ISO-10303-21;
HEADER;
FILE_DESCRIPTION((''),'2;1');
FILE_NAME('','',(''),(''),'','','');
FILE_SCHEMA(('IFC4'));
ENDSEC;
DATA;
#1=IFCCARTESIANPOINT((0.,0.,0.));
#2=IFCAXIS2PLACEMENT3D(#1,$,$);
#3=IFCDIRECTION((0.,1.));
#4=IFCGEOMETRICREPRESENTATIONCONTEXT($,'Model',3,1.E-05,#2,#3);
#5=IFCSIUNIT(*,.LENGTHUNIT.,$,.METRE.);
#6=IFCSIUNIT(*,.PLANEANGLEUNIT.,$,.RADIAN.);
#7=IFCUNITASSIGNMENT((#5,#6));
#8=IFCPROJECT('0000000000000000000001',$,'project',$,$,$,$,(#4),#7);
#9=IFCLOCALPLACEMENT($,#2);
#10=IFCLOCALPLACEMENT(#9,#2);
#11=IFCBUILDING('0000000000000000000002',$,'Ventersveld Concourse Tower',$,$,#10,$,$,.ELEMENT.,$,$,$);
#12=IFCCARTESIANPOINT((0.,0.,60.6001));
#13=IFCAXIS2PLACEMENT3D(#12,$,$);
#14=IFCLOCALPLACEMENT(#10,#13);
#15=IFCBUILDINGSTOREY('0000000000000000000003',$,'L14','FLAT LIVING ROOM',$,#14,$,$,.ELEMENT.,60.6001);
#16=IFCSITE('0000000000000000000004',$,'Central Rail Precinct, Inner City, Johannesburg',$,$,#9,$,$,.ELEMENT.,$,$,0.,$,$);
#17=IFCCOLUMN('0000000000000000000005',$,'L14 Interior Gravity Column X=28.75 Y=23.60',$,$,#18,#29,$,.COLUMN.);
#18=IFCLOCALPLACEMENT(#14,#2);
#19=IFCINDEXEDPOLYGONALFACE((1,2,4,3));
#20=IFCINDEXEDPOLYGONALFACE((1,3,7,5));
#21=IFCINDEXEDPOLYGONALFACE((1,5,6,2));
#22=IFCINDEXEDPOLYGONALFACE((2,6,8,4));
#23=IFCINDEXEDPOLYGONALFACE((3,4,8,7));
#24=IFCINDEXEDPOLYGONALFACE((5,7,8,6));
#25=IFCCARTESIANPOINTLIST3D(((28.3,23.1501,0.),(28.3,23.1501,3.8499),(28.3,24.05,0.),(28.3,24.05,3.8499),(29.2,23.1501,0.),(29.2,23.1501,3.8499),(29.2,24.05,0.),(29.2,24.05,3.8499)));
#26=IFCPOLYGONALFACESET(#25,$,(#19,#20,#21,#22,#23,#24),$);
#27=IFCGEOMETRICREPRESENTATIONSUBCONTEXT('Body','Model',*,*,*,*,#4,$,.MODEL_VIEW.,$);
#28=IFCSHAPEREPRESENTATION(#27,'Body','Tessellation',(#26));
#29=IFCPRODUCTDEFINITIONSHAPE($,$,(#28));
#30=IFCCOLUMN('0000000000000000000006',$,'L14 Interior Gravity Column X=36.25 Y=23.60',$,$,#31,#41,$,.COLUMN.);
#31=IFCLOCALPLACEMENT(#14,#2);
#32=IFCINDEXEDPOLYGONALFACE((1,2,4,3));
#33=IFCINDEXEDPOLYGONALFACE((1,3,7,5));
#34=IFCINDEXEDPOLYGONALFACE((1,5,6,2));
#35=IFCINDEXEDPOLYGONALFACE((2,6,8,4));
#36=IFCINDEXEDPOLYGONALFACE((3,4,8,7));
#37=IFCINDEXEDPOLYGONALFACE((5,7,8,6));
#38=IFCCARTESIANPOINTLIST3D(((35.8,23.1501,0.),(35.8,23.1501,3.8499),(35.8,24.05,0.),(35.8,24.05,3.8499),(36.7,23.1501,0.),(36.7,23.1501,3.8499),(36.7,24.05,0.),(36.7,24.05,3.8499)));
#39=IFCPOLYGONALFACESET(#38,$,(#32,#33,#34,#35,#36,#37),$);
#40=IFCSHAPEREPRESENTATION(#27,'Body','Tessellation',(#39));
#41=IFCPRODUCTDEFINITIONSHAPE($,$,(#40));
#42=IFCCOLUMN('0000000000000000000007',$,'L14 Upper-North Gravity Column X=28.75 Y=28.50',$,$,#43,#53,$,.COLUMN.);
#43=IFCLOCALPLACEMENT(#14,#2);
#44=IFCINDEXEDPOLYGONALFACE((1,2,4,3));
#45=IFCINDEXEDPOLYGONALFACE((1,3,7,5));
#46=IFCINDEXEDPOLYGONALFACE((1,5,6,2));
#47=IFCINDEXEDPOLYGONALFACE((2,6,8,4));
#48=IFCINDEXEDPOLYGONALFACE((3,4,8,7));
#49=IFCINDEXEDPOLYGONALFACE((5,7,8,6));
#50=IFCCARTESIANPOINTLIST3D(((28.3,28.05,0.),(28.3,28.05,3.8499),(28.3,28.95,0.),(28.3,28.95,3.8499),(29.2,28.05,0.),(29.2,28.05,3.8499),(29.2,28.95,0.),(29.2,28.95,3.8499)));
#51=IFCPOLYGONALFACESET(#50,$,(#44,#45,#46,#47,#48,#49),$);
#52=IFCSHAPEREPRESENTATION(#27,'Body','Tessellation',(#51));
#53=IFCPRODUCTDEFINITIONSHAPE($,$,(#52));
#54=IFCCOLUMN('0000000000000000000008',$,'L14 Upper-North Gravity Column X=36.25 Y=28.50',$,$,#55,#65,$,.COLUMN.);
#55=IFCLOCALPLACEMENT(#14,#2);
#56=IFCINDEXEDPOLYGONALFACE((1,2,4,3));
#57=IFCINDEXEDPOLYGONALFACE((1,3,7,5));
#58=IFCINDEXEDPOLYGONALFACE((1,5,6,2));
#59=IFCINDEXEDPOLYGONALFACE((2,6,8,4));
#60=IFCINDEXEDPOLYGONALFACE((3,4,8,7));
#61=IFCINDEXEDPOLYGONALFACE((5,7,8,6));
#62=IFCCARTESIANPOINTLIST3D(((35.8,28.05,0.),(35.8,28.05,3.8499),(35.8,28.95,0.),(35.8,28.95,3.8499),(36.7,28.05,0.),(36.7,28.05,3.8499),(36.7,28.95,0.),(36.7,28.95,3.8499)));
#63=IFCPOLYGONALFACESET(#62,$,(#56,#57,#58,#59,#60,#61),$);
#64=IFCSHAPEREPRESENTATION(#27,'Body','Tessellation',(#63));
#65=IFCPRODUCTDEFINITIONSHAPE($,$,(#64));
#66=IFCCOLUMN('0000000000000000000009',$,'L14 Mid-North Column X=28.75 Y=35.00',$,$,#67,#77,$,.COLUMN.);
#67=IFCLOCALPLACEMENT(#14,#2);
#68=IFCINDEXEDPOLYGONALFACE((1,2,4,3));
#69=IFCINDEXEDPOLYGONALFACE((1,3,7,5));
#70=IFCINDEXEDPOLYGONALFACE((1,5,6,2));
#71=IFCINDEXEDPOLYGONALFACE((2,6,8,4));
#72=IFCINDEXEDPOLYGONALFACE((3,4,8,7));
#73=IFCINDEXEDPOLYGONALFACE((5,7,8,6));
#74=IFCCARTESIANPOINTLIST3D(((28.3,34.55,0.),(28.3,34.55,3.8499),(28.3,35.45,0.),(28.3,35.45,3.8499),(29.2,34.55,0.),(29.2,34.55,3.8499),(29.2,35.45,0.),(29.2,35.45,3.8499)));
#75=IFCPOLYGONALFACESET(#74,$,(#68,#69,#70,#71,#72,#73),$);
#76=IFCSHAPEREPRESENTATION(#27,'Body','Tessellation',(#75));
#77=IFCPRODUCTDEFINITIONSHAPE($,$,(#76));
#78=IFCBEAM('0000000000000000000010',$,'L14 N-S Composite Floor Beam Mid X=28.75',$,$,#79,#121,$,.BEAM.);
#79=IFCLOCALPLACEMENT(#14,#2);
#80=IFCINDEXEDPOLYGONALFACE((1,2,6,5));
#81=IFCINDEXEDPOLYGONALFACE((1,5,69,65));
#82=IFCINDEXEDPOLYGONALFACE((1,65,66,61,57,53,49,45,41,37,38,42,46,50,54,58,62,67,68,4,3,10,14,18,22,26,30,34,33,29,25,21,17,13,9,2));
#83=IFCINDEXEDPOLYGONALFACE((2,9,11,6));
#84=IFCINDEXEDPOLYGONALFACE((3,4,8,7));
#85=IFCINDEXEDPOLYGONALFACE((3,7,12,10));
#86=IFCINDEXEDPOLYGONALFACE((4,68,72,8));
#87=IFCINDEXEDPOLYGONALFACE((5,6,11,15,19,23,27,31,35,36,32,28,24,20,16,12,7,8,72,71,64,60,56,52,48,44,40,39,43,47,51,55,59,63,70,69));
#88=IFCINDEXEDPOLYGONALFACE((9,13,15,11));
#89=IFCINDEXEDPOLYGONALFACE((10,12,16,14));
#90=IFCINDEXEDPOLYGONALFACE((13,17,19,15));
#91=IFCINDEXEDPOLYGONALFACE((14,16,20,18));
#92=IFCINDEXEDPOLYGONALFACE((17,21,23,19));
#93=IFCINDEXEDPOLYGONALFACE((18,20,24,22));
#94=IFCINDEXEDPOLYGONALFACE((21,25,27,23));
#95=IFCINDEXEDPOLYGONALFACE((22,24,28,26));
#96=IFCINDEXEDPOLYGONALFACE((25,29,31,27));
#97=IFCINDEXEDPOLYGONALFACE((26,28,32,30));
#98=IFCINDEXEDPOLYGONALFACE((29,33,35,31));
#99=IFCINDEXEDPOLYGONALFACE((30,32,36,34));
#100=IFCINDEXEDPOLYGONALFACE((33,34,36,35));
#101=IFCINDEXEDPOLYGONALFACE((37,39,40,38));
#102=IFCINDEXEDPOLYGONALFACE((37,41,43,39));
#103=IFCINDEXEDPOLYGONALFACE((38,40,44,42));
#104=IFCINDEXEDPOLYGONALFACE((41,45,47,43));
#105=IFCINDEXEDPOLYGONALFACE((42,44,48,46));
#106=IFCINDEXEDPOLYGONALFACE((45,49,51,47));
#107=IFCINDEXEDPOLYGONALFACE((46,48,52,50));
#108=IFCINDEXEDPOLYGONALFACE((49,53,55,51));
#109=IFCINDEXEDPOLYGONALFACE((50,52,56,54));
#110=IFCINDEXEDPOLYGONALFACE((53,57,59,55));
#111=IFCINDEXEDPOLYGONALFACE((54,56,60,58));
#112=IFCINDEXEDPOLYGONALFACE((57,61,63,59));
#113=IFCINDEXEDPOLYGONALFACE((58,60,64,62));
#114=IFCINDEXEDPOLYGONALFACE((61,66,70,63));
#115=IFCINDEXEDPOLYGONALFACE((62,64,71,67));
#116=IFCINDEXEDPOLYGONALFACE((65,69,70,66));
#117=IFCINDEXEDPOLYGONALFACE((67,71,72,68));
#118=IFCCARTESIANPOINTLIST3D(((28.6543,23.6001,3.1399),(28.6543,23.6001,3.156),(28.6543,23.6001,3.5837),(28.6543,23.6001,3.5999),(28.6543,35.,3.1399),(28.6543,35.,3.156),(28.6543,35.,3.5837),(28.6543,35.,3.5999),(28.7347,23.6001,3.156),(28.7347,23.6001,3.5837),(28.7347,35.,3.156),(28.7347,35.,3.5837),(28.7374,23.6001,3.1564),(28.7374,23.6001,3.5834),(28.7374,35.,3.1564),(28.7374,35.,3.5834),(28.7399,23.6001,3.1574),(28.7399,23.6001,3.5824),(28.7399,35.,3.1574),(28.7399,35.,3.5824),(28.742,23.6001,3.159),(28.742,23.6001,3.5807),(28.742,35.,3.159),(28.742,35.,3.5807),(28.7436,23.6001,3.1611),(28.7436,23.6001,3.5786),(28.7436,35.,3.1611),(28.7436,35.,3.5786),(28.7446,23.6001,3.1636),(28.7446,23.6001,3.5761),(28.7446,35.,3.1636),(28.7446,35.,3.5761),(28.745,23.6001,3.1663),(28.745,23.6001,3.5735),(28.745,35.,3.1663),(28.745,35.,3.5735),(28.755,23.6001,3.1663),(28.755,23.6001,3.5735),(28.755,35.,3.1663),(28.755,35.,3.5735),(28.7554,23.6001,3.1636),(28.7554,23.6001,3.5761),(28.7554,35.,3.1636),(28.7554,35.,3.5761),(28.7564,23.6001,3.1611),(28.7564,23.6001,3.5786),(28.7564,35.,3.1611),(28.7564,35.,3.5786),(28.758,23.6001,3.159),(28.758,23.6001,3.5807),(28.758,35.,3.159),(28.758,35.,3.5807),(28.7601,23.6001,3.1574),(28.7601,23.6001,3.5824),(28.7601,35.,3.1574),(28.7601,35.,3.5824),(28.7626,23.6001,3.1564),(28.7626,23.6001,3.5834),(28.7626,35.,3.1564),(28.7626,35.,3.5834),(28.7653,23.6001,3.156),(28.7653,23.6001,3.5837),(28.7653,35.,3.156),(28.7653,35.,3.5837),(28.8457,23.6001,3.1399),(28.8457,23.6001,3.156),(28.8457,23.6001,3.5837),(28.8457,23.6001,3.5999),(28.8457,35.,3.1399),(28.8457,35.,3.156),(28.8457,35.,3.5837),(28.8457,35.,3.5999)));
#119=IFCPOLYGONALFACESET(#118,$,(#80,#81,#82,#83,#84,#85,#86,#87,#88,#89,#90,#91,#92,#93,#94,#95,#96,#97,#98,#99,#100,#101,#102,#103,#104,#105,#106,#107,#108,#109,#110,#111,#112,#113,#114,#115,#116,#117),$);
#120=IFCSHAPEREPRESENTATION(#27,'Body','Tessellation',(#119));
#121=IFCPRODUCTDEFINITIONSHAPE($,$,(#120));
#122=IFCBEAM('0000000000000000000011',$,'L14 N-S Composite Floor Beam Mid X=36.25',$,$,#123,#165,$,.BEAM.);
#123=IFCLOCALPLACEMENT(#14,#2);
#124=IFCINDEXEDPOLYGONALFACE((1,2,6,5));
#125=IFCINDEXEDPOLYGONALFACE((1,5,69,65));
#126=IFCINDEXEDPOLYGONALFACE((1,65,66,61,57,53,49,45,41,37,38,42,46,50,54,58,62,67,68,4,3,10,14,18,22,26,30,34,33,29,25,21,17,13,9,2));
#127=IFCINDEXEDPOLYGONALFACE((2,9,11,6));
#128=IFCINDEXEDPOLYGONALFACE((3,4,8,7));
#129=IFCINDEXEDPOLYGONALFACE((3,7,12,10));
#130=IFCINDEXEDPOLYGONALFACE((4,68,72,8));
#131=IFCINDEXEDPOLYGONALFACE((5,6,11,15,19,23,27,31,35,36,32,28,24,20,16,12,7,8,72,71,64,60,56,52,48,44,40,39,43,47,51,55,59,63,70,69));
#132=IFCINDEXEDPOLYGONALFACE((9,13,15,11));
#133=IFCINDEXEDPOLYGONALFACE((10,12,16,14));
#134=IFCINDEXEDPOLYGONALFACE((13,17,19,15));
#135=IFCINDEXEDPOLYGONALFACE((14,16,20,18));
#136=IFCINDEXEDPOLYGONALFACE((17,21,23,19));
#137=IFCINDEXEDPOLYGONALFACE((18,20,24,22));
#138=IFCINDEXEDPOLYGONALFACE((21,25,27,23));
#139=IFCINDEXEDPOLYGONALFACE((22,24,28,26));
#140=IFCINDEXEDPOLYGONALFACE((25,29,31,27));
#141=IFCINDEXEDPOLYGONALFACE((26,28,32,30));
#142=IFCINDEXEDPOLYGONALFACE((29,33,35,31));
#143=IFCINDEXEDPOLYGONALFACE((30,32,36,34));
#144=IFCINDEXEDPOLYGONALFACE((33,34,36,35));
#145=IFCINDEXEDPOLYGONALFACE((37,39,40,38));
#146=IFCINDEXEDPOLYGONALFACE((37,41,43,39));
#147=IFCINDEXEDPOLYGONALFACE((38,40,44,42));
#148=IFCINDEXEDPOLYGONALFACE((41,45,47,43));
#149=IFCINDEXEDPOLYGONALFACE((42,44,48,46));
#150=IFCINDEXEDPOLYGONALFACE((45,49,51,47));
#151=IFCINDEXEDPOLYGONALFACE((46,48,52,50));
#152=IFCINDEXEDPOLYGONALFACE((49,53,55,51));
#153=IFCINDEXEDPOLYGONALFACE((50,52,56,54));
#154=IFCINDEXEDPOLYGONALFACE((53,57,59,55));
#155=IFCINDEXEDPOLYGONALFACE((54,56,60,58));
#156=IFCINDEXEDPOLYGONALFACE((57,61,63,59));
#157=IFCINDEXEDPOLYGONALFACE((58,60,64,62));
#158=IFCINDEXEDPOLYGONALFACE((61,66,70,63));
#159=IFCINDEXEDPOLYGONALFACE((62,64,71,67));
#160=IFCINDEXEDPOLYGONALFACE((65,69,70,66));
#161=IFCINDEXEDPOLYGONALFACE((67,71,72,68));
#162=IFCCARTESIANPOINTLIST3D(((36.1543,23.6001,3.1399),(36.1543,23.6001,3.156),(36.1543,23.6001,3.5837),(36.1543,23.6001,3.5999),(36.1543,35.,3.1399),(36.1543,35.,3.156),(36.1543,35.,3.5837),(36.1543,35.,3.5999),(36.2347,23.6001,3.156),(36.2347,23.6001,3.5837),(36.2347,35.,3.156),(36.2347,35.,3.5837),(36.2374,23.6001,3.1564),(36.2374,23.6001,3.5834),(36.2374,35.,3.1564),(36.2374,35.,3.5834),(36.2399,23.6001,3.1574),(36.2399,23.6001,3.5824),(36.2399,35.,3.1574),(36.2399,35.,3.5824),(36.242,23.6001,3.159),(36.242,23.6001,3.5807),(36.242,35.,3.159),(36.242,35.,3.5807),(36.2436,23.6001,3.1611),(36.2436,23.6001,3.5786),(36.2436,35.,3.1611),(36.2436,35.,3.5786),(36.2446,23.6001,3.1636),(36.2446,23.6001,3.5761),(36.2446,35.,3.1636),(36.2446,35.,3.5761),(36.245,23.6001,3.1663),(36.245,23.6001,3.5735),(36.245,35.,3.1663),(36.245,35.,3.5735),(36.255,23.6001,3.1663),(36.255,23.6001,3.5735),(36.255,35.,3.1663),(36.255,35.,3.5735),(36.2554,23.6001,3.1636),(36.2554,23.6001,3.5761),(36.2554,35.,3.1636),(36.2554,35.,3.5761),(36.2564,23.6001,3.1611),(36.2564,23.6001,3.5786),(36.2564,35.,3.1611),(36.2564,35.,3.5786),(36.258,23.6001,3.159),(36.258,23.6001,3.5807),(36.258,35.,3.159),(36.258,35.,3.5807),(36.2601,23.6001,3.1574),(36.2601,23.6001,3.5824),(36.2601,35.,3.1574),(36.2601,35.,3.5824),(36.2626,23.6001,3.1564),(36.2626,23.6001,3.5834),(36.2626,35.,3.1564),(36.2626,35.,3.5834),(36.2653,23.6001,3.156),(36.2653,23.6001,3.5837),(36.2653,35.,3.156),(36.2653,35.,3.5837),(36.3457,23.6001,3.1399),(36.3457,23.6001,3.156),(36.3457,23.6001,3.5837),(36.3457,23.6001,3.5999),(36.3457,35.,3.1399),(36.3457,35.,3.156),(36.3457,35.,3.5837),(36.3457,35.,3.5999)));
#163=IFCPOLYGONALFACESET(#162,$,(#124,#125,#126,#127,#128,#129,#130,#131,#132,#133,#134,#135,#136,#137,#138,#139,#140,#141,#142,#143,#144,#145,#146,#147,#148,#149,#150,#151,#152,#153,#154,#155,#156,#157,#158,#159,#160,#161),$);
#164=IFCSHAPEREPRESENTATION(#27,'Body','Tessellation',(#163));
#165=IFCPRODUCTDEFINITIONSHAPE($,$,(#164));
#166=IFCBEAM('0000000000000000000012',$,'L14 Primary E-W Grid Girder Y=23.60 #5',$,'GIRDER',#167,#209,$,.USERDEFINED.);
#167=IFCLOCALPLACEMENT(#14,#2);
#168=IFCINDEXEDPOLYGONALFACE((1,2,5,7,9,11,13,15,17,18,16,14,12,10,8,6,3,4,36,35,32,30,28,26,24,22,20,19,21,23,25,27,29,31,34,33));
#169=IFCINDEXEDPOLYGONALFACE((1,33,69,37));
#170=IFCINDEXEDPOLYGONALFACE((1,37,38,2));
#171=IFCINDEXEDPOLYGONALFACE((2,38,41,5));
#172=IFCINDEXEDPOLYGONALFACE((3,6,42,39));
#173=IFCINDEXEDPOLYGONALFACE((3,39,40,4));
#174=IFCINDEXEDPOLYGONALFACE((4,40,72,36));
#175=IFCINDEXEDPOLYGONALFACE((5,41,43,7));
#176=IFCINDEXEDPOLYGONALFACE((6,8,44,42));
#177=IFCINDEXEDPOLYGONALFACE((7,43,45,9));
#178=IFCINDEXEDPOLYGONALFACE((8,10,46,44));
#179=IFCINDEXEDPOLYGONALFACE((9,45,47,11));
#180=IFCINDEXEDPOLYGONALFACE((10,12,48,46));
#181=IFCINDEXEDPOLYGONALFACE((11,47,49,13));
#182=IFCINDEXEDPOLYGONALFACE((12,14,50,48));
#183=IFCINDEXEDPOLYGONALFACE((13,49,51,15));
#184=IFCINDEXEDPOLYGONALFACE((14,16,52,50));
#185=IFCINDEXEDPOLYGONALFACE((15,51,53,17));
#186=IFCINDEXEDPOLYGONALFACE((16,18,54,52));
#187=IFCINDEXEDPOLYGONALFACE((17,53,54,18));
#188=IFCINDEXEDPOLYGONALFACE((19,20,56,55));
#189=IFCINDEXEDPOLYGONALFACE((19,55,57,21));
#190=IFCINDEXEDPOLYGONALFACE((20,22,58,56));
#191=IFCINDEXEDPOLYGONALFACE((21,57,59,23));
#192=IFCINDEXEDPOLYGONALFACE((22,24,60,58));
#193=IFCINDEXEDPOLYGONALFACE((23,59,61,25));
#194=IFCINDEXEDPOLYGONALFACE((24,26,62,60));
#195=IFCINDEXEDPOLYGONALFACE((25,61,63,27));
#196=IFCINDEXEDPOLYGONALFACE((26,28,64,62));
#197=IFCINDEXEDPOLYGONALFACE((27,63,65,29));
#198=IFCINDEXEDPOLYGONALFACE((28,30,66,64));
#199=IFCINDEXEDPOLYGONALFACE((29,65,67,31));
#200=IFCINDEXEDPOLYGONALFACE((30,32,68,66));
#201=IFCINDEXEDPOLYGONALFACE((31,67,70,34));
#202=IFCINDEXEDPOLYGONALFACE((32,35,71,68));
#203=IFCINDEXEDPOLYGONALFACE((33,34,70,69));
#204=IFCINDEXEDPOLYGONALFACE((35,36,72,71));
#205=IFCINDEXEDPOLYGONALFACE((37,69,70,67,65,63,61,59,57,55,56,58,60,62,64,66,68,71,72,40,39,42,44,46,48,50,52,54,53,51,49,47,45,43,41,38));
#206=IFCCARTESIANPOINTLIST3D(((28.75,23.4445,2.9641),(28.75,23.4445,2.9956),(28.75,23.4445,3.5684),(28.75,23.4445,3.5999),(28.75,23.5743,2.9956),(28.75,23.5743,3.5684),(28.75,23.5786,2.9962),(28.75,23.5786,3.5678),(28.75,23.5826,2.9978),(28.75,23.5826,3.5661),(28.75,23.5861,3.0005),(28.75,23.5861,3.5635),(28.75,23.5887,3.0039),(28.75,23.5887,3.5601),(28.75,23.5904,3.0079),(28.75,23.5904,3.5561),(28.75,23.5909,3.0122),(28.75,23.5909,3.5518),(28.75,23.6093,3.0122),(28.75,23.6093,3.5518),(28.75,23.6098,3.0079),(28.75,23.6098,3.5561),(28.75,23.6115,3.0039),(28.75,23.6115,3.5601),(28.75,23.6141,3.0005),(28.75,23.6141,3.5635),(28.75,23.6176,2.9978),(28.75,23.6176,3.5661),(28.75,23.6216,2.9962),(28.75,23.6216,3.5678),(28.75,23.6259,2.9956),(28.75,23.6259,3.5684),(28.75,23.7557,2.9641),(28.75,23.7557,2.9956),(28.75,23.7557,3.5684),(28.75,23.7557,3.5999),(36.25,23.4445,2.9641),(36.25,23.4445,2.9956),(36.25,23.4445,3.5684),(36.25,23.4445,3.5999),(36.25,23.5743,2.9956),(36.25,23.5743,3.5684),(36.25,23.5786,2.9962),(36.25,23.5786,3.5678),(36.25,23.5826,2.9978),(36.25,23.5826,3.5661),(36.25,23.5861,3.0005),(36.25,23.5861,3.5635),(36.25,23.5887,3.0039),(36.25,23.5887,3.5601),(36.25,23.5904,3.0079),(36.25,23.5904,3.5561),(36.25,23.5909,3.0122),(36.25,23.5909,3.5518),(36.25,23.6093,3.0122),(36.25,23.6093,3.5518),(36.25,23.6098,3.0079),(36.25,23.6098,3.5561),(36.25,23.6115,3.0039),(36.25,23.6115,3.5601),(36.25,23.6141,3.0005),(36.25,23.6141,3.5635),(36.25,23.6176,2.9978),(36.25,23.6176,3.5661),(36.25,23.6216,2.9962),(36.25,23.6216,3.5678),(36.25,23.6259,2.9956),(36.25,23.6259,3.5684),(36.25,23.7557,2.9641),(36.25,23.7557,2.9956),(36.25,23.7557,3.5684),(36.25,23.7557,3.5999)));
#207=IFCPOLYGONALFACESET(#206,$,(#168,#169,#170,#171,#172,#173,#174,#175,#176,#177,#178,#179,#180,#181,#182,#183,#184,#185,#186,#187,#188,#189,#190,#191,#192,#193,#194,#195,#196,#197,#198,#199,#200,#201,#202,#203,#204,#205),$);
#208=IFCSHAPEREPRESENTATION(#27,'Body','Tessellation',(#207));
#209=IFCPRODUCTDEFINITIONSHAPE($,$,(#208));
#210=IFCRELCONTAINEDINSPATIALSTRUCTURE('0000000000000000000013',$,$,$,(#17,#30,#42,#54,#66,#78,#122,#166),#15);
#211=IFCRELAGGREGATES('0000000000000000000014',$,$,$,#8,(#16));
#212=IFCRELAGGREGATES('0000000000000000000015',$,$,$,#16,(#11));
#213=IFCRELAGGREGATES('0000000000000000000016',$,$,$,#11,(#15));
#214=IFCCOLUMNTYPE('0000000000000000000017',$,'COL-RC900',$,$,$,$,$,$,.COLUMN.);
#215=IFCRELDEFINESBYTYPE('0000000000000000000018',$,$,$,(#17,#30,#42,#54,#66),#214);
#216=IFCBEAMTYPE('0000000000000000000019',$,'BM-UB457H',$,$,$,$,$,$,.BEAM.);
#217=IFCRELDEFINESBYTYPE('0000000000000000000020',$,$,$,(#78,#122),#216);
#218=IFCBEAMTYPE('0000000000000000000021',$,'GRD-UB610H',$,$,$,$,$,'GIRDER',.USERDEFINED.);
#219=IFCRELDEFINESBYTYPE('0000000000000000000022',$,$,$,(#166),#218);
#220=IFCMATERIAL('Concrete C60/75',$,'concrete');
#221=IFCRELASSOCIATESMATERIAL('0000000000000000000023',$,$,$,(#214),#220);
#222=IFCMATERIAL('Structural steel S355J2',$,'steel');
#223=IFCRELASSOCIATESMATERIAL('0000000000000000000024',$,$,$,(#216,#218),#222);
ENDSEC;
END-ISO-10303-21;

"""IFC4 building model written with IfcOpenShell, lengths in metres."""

from ifc_helpers import new_model, si_unit, direction, frame, origin, origin_2d, place, context, subcontext, project, spatial, rectangle, i_section, extrude, material, material_profile, profile_set, type_object, element, save


model = new_model("IFC4")

# Units and contexts
model_context = context("Model", 3, precision=1e-05, world=origin(), true_north=direction((0.0, 1.0)))
body_context = subcontext(model_context, "Body", "Model", "MODEL_VIEW")
ifc_project = project(units=[si_unit("LENGTHUNIT", "METRE"), si_unit("PLANEANGLEUNIT", "RADIAN")], contexts=[model_context])

# Site, building, storey
site_placement = place(None, origin())
site = spatial("IfcSite", under=ifc_project, at=site_placement, Name="Central Rail Precinct, Inner City, Johannesburg", CompositionType="ELEMENT", RefElevation=0.0)
building_placement = place(site_placement, origin())
building = spatial("IfcBuilding", under=site, at=building_placement, Name="Ventersveld Concourse Tower", CompositionType="ELEMENT")
storey_placement = place(building_placement, frame((0.0, 0.0, 60.6001)))
storey = spatial("IfcBuildingStorey", under=building, at=storey_placement, Name="L14", Description="FLAT LIVING ROOM", CompositionType="ELEMENT", Elevation=60.6001)

# Columns
ifc_material_1 = material(Name="Concrete C60/75", Category="concrete")
ifc_material_profile_1 = material_profile(ifc_material_1, rectangle(XDim=0.8999, YDim=0.8999, at=origin_2d()), Name="RC 900x900")
ifc_profile_set_1 = profile_set([ifc_material_profile_1], Name="Concrete C60/75")
column_type = type_object("IfcColumnType", Name="COL-RC900", PredefinedType="COLUMN", material=ifc_profile_set_1)
for number, where, z_axis, x_axis, name in (
    (1, (28.75, 23.6001, 0.0), (0.0, 0.0, 1.0), (1.0, 0.0, 0.0), "L14 Interior Gravity Column X=28.75 Y=23.60"),
    (2, (36.25, 23.6001, 0.0), (0.0, 0.0, 1.0), (1.0, 0.0, 0.0), "L14 Interior Gravity Column X=36.25 Y=23.60"),
    (3, (28.75, 28.5, 0.0), (0.0, 0.0, 1.0), (1.0, 0.0, 0.0), "L14 Upper-North Gravity Column X=28.75 Y=28.50"),
    (4, (36.25, 28.5, 0.0), (0.0, 0.0, 1.0), (1.0, 0.0, 0.0), "L14 Upper-North Gravity Column X=36.25 Y=28.50"),
    (5, (28.75, 35.0, 0.0), (0.0, 0.0, 1.0), (1.0, 0.0, 0.0), "L14 Mid-North Column X=28.75 Y=35.00"),
):
    element("IfcColumn", number, at=place(storey_placement, frame(where, z_axis=z_axis, x_axis=x_axis)), inside=storey, type_object=column_type, Name=name, PredefinedType="COLUMN", context=body_context, shape_type="SweptSolid", body=[
        extrude(rectangle(XDim=0.8999, YDim=0.8999, at=origin_2d()), origin(), (0.0, 0.0, 1.0), 3.8499),
    ])

# Beams
ifc_material_2 = material(Name="Structural steel S355J2", Category="steel")
ifc_material_profile_2 = material_profile(ifc_material_2, i_section(OverallWidth=0.1914, OverallDepth=0.46, WebThickness=0.01, FlangeThickness=0.0161, FilletRadius=0.0103, at=origin_2d()), Name="UB 457x191x82")
ifc_profile_set_2 = profile_set([ifc_material_profile_2], Name="Structural steel S355J2")
beam_type_1 = type_object("IfcBeamType", Name="BM-UB457H", PredefinedType="BEAM", material=ifc_profile_set_2)
for number, where, z_axis, x_axis, name in (
    (6, (28.75, 23.6001, 3.3699), (0.0, 1.0, 0.0), (-1.0, 0.0, 0.0), "L14 N-S Composite Floor Beam Mid X=28.75"),
    (7, (36.25, 23.6001, 3.3699), (0.0, 1.0, 0.0), (-1.0, 0.0, 0.0), "L14 N-S Composite Floor Beam Mid X=36.25"),
):
    element("IfcBeam", number, at=place(storey_placement, frame(where, z_axis=z_axis, x_axis=x_axis)), inside=storey, type_object=beam_type_1, Name=name, PredefinedType="BEAM", context=body_context, shape_type="SweptSolid", body=[
        extrude(i_section(OverallWidth=0.1914, OverallDepth=0.46, WebThickness=0.01, FlangeThickness=0.0161, FilletRadius=0.0103, at=origin_2d()), origin(), (0.0, 0.0, 1.0), 11.3999),
    ])
ifc_material_profile_3 = material_profile(ifc_material_2, i_section(OverallWidth=0.3113, OverallDepth=0.6357, WebThickness=0.0183, FlangeThickness=0.0315, FilletRadius=0.0166, at=origin_2d()), Name="UB 610x305x238")
ifc_profile_set_3 = profile_set([ifc_material_profile_3], Name="Structural steel S355J2")
beam_type_2 = type_object("IfcBeamType", Name="GRD-UB610H", ElementType="GIRDER", PredefinedType="USERDEFINED", material=ifc_profile_set_3)
for number, where, z_axis, x_axis, name in (
    (8, (28.75, 23.6001, 3.282), (1.0, 0.0, 0.0), (0.0, 1.0, 0.0), "L14 Primary E-W Grid Girder Y=23.60 #5"),
):
    element("IfcBeam", number, at=place(storey_placement, frame(where, z_axis=z_axis, x_axis=x_axis)), inside=storey, type_object=beam_type_2, Name=name, ObjectType="GIRDER", PredefinedType="USERDEFINED", context=body_context, shape_type="SweptSolid", body=[
        extrude(i_section(OverallWidth=0.3113, OverallDepth=0.6357, WebThickness=0.0183, FlangeThickness=0.0315, FilletRadius=0.0166, at=origin_2d()), origin(), (0.0, 0.0, 1.0), 7.5),
    ])

save(model, "model.ifc")
